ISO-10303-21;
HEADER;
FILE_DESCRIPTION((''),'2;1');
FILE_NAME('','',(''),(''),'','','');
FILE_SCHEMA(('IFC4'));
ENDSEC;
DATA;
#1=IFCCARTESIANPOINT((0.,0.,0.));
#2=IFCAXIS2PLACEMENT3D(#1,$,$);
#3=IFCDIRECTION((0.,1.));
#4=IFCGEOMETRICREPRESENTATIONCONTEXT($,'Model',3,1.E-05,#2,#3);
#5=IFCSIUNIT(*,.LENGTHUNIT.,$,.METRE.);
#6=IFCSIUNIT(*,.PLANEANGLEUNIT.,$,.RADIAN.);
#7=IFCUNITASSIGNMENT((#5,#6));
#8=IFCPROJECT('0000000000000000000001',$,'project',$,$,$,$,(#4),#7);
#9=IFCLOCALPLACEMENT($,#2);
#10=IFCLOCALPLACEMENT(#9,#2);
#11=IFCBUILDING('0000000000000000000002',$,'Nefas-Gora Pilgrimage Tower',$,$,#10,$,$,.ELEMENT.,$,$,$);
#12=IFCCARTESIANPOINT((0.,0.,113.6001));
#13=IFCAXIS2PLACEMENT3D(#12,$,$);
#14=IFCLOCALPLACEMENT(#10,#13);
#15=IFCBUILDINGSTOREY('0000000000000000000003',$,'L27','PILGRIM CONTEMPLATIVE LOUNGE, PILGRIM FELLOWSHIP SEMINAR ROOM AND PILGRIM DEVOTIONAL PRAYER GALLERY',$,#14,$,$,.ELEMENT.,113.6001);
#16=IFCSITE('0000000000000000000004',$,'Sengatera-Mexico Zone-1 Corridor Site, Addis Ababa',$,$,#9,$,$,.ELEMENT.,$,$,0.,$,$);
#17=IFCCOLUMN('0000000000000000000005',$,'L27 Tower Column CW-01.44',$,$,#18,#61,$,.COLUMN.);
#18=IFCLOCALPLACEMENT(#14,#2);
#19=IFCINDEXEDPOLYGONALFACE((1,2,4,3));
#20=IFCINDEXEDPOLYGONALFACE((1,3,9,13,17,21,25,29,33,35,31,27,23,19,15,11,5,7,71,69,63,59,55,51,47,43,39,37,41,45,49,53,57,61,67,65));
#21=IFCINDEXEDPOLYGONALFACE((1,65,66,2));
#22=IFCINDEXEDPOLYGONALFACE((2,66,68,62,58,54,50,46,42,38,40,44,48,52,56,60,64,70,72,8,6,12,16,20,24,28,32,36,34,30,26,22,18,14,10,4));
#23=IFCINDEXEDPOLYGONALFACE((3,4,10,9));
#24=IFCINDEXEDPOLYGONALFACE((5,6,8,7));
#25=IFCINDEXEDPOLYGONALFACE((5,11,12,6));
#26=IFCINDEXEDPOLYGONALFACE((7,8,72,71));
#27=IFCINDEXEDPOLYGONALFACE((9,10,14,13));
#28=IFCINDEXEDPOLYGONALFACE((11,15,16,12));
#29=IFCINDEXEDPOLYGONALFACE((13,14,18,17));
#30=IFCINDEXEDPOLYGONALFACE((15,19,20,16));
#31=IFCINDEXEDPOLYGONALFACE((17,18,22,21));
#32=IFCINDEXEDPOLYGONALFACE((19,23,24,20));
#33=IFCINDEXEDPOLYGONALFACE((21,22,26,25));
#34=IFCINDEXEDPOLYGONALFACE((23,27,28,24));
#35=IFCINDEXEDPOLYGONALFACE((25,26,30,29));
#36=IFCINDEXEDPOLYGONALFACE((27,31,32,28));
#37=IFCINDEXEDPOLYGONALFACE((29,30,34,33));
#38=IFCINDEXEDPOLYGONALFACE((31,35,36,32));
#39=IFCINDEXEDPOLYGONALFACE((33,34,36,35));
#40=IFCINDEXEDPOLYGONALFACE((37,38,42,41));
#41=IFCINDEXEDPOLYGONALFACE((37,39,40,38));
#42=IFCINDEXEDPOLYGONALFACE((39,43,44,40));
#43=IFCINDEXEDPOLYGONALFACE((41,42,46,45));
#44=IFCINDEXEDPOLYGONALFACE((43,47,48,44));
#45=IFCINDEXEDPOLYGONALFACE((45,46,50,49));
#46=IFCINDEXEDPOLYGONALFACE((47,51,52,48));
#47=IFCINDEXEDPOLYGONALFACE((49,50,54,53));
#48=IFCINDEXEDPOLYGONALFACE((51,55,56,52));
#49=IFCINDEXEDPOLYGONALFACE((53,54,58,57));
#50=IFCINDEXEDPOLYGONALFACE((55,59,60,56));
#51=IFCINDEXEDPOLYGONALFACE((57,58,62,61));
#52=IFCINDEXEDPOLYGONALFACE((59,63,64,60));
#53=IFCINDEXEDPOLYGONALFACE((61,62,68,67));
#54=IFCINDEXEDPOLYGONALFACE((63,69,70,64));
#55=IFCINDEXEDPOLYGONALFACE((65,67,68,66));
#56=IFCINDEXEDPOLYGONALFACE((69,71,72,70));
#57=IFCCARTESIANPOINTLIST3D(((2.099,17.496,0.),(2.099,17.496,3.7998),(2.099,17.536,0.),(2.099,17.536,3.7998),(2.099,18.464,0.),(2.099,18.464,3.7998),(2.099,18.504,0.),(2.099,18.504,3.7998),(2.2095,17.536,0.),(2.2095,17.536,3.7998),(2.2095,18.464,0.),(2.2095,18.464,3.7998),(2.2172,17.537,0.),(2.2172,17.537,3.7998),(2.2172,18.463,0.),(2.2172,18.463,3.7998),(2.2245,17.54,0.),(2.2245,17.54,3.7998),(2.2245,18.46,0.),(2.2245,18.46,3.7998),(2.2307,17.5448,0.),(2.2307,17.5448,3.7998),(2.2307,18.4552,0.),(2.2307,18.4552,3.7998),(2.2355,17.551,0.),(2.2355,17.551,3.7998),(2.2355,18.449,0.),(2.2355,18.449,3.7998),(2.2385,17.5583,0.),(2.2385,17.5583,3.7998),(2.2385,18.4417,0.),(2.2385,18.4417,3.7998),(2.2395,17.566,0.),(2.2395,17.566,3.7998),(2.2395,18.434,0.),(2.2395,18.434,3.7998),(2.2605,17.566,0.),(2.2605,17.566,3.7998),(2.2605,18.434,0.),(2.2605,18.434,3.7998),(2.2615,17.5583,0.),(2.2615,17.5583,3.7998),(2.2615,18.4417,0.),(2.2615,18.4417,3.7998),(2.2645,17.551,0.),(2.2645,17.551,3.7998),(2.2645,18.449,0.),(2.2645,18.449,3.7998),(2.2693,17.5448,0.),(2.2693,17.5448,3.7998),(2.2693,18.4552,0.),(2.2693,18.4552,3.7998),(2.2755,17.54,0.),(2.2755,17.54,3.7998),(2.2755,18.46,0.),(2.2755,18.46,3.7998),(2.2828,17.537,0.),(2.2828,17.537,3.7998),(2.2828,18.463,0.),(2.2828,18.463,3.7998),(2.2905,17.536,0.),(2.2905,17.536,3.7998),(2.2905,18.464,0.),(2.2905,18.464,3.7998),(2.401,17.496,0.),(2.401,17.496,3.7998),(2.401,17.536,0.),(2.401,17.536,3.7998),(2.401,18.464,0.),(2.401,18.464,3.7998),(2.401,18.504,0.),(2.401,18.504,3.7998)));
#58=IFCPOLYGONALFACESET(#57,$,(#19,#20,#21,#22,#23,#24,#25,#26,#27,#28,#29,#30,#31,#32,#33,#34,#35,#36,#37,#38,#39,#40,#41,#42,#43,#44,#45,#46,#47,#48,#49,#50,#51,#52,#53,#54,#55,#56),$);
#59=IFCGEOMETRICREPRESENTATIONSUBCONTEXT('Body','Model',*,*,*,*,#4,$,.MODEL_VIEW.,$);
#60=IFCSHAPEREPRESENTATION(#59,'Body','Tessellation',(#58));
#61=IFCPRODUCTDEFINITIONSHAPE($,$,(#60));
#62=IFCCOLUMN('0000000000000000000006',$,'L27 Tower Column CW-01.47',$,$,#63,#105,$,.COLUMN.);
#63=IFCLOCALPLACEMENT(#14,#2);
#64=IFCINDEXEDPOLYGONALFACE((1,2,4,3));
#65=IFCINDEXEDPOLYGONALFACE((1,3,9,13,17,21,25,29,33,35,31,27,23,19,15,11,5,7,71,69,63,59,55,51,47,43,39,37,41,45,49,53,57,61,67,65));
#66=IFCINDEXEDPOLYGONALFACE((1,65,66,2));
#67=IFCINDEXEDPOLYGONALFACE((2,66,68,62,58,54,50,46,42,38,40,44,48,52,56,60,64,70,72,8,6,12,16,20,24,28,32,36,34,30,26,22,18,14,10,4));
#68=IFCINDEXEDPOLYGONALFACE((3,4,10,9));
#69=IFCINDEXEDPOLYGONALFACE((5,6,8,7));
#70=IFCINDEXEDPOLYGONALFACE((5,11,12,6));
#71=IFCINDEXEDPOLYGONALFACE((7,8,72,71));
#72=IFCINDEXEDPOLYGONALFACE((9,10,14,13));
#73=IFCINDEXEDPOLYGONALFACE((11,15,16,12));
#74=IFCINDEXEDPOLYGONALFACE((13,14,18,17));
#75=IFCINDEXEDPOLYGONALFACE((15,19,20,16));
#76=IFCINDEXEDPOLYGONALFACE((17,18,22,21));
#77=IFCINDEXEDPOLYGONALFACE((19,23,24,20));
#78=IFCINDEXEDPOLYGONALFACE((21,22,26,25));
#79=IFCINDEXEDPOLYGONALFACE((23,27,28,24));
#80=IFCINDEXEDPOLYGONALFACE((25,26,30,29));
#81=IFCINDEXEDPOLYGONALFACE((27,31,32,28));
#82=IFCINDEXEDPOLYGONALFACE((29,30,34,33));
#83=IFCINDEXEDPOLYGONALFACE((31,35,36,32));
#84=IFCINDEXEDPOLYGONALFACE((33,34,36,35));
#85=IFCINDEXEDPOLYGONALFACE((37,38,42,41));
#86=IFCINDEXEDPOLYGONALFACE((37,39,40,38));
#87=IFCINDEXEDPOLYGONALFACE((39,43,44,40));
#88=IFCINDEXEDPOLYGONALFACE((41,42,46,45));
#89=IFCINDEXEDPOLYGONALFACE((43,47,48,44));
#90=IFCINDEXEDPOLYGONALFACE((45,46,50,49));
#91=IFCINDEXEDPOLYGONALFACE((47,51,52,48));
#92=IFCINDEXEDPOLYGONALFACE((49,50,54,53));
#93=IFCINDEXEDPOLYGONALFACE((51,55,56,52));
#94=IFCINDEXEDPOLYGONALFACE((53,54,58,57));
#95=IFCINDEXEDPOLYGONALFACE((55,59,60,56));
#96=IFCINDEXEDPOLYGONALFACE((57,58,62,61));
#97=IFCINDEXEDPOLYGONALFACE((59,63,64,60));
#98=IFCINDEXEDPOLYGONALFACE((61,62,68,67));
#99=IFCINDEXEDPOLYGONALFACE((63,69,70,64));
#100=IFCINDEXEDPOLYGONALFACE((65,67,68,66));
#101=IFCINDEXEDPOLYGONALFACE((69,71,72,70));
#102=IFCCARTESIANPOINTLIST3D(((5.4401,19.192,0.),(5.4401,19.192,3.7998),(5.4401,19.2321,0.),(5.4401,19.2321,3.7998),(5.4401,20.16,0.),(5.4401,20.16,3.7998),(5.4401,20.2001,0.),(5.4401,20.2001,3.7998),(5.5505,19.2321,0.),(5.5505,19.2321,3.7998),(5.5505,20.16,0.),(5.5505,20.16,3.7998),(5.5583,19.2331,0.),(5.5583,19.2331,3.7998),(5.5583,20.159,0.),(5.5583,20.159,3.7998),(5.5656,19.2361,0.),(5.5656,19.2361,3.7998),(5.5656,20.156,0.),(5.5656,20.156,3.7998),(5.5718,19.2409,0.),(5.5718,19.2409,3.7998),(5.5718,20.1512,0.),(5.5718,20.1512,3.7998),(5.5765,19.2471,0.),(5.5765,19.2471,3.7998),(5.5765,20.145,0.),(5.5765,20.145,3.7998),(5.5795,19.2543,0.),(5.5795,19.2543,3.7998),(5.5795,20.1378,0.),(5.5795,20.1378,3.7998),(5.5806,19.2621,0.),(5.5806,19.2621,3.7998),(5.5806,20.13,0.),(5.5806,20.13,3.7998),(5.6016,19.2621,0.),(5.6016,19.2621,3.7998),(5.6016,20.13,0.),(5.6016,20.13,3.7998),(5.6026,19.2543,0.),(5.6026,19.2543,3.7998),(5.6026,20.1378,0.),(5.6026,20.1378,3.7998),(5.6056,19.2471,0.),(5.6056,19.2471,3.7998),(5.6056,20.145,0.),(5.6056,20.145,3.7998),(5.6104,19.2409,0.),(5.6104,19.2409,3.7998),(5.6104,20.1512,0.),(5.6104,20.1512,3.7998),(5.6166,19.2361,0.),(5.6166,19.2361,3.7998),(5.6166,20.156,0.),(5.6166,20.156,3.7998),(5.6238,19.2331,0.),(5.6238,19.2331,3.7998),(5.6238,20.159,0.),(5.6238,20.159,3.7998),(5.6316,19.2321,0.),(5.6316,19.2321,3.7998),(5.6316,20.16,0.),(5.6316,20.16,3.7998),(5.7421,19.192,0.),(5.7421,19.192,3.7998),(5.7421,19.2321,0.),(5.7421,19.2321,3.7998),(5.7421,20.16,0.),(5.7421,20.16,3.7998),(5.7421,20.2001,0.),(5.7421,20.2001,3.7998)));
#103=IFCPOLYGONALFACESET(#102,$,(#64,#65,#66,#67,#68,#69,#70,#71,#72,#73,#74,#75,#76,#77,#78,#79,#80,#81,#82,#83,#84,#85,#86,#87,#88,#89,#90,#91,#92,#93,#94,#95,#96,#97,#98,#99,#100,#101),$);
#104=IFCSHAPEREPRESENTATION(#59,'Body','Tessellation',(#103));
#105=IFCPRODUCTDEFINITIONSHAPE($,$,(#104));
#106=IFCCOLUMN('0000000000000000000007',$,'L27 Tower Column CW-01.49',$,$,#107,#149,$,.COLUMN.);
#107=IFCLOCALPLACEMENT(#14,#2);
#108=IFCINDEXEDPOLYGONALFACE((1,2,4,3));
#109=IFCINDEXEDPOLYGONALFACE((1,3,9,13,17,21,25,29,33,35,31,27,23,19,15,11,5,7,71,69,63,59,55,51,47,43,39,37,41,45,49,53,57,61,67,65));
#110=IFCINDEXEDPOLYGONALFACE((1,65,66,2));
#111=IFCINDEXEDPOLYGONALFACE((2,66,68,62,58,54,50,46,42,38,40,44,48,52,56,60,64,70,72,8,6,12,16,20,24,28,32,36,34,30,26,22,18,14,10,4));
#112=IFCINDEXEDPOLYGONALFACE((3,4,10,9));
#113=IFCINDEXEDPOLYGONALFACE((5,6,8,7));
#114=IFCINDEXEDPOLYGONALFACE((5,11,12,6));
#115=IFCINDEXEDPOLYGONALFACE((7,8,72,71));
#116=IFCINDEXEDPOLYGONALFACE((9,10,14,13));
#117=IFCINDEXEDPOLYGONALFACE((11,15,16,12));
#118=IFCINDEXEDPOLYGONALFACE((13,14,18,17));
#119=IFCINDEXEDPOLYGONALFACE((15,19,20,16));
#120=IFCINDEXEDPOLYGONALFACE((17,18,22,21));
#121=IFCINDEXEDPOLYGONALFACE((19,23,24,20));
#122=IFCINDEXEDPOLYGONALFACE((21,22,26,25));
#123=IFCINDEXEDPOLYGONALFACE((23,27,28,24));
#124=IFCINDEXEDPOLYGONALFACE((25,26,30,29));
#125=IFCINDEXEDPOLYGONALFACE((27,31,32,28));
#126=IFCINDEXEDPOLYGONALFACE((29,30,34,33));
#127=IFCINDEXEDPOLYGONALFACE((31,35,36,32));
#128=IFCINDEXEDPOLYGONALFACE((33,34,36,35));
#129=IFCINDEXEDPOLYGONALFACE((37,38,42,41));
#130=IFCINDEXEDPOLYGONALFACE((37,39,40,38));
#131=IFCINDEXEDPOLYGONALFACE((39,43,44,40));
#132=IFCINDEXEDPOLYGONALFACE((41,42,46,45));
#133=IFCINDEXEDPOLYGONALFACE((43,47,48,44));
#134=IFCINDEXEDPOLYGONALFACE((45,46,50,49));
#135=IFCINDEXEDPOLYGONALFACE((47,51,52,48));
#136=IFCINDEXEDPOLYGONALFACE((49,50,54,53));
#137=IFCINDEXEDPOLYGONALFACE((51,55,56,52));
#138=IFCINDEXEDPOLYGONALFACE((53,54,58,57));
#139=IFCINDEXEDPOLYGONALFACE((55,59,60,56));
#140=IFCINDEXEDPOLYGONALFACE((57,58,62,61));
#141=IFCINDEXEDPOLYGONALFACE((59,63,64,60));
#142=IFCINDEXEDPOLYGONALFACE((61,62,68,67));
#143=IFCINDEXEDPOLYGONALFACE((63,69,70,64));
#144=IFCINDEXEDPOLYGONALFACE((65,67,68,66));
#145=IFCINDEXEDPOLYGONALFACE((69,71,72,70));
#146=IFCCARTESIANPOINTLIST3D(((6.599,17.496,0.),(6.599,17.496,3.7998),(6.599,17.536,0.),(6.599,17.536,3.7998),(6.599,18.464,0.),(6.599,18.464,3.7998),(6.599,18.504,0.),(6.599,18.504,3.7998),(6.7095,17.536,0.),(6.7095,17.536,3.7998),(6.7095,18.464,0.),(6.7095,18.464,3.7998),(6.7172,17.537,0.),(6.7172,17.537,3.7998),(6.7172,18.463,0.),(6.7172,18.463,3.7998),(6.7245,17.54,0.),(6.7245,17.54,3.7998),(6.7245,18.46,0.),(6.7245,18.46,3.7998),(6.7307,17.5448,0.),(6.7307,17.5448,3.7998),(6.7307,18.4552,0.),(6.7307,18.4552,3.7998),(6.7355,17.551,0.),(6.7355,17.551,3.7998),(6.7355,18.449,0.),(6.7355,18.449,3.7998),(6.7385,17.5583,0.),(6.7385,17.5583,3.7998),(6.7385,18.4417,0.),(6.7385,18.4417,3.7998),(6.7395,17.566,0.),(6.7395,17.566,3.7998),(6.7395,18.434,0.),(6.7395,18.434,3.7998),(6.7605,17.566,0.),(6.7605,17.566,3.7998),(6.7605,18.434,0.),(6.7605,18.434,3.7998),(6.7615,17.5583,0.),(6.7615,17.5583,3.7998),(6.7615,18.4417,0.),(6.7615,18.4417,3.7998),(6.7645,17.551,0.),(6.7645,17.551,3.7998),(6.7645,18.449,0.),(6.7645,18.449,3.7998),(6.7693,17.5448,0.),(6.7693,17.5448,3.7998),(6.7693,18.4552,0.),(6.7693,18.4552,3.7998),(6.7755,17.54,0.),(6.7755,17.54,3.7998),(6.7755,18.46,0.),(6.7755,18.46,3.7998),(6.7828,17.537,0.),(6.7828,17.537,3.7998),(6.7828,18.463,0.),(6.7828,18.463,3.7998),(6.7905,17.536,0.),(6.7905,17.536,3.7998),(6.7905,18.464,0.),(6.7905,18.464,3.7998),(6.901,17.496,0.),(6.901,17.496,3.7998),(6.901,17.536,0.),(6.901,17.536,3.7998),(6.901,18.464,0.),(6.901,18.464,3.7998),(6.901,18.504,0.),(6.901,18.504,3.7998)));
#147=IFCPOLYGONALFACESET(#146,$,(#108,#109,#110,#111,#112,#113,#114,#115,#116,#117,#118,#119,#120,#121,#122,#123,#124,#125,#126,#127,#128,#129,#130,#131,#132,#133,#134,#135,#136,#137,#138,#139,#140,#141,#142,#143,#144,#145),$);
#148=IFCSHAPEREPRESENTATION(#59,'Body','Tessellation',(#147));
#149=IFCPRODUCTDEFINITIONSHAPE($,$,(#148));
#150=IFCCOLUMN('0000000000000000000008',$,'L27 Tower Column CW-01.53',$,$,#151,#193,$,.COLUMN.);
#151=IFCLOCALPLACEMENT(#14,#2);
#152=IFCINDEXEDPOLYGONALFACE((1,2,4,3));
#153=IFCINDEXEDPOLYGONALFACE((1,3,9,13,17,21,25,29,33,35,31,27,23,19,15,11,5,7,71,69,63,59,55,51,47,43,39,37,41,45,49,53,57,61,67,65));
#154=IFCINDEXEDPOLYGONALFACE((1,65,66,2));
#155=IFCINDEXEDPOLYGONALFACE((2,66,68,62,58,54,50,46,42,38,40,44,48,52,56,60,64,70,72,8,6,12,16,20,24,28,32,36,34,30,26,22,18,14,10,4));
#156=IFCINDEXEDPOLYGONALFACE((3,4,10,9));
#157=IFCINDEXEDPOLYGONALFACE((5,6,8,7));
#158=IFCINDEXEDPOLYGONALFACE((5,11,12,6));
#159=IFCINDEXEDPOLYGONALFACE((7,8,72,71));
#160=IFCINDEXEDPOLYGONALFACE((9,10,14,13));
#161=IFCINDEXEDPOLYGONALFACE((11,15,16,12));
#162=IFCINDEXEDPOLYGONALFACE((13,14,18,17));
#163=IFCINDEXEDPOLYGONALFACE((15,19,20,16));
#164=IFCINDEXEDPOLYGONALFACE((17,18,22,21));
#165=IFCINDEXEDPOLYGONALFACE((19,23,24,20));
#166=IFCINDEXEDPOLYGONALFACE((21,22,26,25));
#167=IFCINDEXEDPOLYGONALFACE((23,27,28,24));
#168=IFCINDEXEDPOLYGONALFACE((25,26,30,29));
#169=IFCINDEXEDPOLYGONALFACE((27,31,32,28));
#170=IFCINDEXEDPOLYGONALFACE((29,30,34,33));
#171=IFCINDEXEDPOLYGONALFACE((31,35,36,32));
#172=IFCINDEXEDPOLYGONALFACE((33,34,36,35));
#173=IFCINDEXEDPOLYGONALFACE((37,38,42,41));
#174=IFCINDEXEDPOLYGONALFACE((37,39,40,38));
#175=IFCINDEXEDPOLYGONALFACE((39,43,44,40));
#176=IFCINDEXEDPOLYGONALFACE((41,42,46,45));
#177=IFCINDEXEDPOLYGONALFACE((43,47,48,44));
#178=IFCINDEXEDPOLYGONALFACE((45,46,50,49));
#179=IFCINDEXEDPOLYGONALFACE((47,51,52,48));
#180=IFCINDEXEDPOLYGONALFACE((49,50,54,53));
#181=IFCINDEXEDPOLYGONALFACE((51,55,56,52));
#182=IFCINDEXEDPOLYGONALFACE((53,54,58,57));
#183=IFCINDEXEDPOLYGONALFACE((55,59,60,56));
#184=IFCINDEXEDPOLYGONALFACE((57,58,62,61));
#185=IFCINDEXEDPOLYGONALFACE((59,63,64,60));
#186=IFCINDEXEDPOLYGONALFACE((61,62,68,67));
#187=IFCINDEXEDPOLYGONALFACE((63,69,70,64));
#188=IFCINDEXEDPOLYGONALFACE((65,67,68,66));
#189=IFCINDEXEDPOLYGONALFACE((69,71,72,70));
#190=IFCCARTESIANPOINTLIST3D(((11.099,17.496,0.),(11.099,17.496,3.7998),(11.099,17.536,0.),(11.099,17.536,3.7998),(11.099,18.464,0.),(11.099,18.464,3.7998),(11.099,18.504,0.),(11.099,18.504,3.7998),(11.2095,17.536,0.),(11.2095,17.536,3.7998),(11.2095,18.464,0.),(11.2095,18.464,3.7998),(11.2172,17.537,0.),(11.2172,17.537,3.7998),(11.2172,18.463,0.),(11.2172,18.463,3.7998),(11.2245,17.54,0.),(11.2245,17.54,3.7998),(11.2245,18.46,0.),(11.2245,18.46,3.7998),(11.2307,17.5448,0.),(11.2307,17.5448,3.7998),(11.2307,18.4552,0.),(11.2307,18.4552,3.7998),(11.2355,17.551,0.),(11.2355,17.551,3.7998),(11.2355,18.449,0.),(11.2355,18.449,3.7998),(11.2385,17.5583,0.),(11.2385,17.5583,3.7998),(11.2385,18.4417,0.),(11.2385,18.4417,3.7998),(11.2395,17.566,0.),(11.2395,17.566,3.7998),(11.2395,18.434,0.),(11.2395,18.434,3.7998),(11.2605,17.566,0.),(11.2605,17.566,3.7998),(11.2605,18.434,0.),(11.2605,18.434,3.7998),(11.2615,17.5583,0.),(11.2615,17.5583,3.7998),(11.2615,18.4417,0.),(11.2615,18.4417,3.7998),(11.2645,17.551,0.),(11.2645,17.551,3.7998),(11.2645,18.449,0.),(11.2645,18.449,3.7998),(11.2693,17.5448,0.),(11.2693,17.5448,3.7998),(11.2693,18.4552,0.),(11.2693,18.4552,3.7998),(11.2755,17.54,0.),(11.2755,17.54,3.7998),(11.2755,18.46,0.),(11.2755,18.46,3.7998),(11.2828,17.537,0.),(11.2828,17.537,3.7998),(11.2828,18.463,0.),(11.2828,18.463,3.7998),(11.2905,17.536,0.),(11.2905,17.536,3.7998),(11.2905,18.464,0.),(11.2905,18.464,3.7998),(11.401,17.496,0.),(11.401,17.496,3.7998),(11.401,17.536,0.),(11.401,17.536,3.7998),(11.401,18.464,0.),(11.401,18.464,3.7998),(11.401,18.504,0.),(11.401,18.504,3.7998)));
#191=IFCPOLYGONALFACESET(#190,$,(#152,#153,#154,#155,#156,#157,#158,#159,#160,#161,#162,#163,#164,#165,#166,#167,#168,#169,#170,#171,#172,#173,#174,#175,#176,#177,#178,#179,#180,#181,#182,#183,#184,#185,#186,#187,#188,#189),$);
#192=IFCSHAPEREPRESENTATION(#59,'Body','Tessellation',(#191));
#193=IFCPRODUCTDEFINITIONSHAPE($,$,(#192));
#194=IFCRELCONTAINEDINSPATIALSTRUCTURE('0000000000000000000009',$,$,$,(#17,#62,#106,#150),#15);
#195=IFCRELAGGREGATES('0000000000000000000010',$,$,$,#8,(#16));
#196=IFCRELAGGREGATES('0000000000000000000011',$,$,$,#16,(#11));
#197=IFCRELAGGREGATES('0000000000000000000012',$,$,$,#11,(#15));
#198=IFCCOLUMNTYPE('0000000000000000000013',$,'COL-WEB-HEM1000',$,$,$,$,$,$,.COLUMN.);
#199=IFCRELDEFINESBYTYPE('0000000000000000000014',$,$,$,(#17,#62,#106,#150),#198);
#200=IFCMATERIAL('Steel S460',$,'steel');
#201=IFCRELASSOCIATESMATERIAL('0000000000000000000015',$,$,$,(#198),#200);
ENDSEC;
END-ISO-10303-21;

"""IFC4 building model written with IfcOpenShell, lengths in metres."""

from ifc_helpers import new_model, si_unit, direction, frame, origin, origin_2d, place, context, subcontext, project, spatial, i_section, extrude, source, transform, mapped, material, material_profile, profile_set, type_object, element, save


model = new_model("IFC4")

# Units and contexts
model_context = context("Model", 3, precision=1e-05, world=origin(), true_north=direction((0.0, 1.0)))
body_context = subcontext(model_context, "Body", "Model", "MODEL_VIEW")
ifc_project = project(units=[si_unit("LENGTHUNIT", "METRE"), si_unit("PLANEANGLEUNIT", "RADIAN")], contexts=[model_context])

# Site, building, storey
site_placement = place(None, origin())
site = spatial("IfcSite", under=ifc_project, at=site_placement, Name="Sengatera-Mexico Zone-1 Corridor Site, Addis Ababa", CompositionType="ELEMENT", RefElevation=0.0)
building_placement = place(site_placement, origin())
building = spatial("IfcBuilding", under=site, at=building_placement, Name="Nefas-Gora Pilgrimage Tower", CompositionType="ELEMENT")
storey_placement = place(building_placement, frame((0.0, 0.0, 113.6001)))
storey = spatial("IfcBuildingStorey", under=building, at=storey_placement, Name="L27", Description="PILGRIM CONTEMPLATIVE LOUNGE, PILGRIM FELLOWSHIP SEMINAR ROOM AND PILGRIM DEVOTIONAL PRAYER GALLERY", CompositionType="ELEMENT", Elevation=113.6001)

# Columns
ifc_material_1 = material(Name="Steel S460", Category="steel")
ifc_material_profile_1 = material_profile(ifc_material_1, i_section(OverallWidth=0.302, OverallDepth=1.0081, WebThickness=0.021, FlangeThickness=0.04, FilletRadius=0.03, at=origin_2d()), Name="HEM 1000")
ifc_profile_set_1 = profile_set([ifc_material_profile_1], Name="Steel S460")
column_type_1 = type_object("IfcColumnType", Name="COL-WEB-HEM1000", PredefinedType="COLUMN", material=ifc_profile_set_1)
shared_shape_1 = source(origin(), body_context, "Body", "SweptSolid", [
    extrude(i_section(OverallWidth=0.302, OverallDepth=1.0081, WebThickness=0.021, FlangeThickness=0.04, FilletRadius=0.03, at=origin_2d()), origin(), (0.0, 0.0, 1.0), 3.7998),
])
for number, where, z_axis, x_axis, name in (
    (1, (2.25, 18.0, 0.0), (0.0, 0.0, 1.0), (1.0, 0.0, 0.0), "L27 Tower Column CW-01.44"),
    (2, (5.5911, 19.696, 0.0), (0.0, 0.0, 1.0), (1.0, 0.0, 0.0), "L27 Tower Column CW-01.47"),
    (3, (6.75, 18.0, 0.0), (0.0, 0.0, 1.0), (1.0, 0.0, 0.0), "L27 Tower Column CW-01.49"),
    (4, (11.25, 18.0, 0.0), (0.0, 0.0, 1.0), (1.0, 0.0, 0.0), "L27 Tower Column CW-01.53"),
):
    element("IfcColumn", number, at=place(storey_placement, frame(where, z_axis=z_axis, x_axis=x_axis)), inside=storey, type_object=column_type_1, Name=name, PredefinedType="COLUMN", context=body_context, shape_type="MappedRepresentation", body=[
        mapped(shared_shape_1, transform((0.0, 0.0, 0.0), x_axis=(1.0, 0.0, 0.0), y_axis=(0.0, 1.0, 0.0), z_axis=(0.0, 0.0, 1.0), scale=1.0)),
    ])

save(model, "model.ifc")
